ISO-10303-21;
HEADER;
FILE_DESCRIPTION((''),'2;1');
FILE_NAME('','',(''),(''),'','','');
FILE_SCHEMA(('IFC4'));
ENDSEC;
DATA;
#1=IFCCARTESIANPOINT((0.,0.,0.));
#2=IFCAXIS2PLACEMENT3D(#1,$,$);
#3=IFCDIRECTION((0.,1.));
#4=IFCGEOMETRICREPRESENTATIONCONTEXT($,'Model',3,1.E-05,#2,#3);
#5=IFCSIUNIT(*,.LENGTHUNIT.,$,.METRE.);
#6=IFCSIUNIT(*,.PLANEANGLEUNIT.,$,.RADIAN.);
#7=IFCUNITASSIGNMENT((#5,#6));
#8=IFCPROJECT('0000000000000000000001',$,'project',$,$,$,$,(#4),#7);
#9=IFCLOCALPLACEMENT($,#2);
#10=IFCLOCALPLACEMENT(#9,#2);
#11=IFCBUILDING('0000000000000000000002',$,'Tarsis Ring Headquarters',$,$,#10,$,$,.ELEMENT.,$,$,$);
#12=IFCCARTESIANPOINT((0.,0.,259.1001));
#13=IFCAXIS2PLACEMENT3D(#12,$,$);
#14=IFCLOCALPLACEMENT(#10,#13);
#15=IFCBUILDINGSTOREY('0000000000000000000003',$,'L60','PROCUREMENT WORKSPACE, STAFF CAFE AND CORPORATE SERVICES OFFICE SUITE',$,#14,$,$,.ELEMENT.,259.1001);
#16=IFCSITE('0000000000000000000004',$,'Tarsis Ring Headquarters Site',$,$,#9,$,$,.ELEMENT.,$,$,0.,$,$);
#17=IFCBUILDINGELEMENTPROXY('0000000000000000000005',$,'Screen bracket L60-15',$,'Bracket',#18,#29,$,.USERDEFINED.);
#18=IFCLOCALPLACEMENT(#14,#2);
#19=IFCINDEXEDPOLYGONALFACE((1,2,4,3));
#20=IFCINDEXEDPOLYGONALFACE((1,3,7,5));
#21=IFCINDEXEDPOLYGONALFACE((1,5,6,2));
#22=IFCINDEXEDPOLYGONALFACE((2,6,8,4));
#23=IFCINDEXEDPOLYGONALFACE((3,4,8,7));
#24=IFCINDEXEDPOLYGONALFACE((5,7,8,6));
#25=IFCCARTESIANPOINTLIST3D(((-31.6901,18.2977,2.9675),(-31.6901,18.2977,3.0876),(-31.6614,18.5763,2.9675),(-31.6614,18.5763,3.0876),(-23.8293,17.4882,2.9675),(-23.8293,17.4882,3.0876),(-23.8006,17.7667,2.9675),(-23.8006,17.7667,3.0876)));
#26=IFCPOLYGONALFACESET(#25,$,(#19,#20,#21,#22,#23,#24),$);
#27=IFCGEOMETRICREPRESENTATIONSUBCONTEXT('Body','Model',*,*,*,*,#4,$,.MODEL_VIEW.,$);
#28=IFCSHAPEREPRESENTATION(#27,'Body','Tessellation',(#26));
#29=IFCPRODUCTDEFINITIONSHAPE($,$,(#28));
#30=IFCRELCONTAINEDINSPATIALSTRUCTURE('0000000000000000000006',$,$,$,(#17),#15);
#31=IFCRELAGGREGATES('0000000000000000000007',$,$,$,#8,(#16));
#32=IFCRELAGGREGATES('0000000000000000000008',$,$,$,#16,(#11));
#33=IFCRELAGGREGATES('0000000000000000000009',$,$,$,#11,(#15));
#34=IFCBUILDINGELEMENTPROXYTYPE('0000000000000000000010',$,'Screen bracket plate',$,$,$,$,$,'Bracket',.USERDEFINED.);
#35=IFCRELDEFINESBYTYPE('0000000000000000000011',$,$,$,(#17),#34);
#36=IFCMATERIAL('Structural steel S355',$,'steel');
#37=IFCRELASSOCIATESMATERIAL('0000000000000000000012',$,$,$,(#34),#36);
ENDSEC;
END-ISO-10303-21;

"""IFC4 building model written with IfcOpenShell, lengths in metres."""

from ifc_helpers import new_model, si_unit, direction, frame, origin, origin_2d, place, context, subcontext, project, spatial, rectangle, extrude, material, type_object, element, save


model = new_model("IFC4")

# Units and contexts
model_context = context("Model", 3, precision=1e-05, world=origin(), true_north=direction((0.0, 1.0)))
body_context = subcontext(model_context, "Body", "Model", "MODEL_VIEW")
ifc_project = project(units=[si_unit("LENGTHUNIT", "METRE"), si_unit("PLANEANGLEUNIT", "RADIAN")], contexts=[model_context])

# Site, building, storey
site_placement = place(None, origin())
site = spatial("IfcSite", under=ifc_project, at=site_placement, Name="Tarsis Ring Headquarters Site", CompositionType="ELEMENT", RefElevation=0.0)
building_placement = place(site_placement, origin())
building = spatial("IfcBuilding", under=site, at=building_placement, Name="Tarsis Ring Headquarters", CompositionType="ELEMENT")
storey_placement = place(building_placement, frame((0.0, 0.0, 259.1001)))
storey = spatial("IfcBuildingStorey", under=building, at=storey_placement, Name="L60", Description="PROCUREMENT WORKSPACE, STAFF CAFE AND CORPORATE SERVICES OFFICE SUITE", CompositionType="ELEMENT", Elevation=259.1001)

# Shared definitions
ifc_material_1 = material(Name="Structural steel S355", Category="steel")

# Building element proxy
building_element_proxy_type = type_object("IfcBuildingElementProxyType", Name="Screen bracket plate", ElementType="Bracket", PredefinedType="USERDEFINED", material=ifc_material_1)
proxy_placement = place(storey_placement, frame((-27.7454, 18.0322, 2.9675), z_axis=(0.0, 0.0, 1.0), x_axis=(-0.994739, 0.102445, 0.0)))
element("IfcBuildingElementProxy", 1, at=proxy_placement, inside=storey, type_object=building_element_proxy_type, Name="Screen bracket L60-15", ObjectType="Bracket", PredefinedType="USERDEFINED", context=body_context, shape_type="SweptSolid", body=[
    extrude(rectangle(XDim=7.9023, YDim=0.28, at=origin_2d()), origin(), (0.0, 0.0, 1.0), 0.1201),
])

save(model, "model.ifc")
